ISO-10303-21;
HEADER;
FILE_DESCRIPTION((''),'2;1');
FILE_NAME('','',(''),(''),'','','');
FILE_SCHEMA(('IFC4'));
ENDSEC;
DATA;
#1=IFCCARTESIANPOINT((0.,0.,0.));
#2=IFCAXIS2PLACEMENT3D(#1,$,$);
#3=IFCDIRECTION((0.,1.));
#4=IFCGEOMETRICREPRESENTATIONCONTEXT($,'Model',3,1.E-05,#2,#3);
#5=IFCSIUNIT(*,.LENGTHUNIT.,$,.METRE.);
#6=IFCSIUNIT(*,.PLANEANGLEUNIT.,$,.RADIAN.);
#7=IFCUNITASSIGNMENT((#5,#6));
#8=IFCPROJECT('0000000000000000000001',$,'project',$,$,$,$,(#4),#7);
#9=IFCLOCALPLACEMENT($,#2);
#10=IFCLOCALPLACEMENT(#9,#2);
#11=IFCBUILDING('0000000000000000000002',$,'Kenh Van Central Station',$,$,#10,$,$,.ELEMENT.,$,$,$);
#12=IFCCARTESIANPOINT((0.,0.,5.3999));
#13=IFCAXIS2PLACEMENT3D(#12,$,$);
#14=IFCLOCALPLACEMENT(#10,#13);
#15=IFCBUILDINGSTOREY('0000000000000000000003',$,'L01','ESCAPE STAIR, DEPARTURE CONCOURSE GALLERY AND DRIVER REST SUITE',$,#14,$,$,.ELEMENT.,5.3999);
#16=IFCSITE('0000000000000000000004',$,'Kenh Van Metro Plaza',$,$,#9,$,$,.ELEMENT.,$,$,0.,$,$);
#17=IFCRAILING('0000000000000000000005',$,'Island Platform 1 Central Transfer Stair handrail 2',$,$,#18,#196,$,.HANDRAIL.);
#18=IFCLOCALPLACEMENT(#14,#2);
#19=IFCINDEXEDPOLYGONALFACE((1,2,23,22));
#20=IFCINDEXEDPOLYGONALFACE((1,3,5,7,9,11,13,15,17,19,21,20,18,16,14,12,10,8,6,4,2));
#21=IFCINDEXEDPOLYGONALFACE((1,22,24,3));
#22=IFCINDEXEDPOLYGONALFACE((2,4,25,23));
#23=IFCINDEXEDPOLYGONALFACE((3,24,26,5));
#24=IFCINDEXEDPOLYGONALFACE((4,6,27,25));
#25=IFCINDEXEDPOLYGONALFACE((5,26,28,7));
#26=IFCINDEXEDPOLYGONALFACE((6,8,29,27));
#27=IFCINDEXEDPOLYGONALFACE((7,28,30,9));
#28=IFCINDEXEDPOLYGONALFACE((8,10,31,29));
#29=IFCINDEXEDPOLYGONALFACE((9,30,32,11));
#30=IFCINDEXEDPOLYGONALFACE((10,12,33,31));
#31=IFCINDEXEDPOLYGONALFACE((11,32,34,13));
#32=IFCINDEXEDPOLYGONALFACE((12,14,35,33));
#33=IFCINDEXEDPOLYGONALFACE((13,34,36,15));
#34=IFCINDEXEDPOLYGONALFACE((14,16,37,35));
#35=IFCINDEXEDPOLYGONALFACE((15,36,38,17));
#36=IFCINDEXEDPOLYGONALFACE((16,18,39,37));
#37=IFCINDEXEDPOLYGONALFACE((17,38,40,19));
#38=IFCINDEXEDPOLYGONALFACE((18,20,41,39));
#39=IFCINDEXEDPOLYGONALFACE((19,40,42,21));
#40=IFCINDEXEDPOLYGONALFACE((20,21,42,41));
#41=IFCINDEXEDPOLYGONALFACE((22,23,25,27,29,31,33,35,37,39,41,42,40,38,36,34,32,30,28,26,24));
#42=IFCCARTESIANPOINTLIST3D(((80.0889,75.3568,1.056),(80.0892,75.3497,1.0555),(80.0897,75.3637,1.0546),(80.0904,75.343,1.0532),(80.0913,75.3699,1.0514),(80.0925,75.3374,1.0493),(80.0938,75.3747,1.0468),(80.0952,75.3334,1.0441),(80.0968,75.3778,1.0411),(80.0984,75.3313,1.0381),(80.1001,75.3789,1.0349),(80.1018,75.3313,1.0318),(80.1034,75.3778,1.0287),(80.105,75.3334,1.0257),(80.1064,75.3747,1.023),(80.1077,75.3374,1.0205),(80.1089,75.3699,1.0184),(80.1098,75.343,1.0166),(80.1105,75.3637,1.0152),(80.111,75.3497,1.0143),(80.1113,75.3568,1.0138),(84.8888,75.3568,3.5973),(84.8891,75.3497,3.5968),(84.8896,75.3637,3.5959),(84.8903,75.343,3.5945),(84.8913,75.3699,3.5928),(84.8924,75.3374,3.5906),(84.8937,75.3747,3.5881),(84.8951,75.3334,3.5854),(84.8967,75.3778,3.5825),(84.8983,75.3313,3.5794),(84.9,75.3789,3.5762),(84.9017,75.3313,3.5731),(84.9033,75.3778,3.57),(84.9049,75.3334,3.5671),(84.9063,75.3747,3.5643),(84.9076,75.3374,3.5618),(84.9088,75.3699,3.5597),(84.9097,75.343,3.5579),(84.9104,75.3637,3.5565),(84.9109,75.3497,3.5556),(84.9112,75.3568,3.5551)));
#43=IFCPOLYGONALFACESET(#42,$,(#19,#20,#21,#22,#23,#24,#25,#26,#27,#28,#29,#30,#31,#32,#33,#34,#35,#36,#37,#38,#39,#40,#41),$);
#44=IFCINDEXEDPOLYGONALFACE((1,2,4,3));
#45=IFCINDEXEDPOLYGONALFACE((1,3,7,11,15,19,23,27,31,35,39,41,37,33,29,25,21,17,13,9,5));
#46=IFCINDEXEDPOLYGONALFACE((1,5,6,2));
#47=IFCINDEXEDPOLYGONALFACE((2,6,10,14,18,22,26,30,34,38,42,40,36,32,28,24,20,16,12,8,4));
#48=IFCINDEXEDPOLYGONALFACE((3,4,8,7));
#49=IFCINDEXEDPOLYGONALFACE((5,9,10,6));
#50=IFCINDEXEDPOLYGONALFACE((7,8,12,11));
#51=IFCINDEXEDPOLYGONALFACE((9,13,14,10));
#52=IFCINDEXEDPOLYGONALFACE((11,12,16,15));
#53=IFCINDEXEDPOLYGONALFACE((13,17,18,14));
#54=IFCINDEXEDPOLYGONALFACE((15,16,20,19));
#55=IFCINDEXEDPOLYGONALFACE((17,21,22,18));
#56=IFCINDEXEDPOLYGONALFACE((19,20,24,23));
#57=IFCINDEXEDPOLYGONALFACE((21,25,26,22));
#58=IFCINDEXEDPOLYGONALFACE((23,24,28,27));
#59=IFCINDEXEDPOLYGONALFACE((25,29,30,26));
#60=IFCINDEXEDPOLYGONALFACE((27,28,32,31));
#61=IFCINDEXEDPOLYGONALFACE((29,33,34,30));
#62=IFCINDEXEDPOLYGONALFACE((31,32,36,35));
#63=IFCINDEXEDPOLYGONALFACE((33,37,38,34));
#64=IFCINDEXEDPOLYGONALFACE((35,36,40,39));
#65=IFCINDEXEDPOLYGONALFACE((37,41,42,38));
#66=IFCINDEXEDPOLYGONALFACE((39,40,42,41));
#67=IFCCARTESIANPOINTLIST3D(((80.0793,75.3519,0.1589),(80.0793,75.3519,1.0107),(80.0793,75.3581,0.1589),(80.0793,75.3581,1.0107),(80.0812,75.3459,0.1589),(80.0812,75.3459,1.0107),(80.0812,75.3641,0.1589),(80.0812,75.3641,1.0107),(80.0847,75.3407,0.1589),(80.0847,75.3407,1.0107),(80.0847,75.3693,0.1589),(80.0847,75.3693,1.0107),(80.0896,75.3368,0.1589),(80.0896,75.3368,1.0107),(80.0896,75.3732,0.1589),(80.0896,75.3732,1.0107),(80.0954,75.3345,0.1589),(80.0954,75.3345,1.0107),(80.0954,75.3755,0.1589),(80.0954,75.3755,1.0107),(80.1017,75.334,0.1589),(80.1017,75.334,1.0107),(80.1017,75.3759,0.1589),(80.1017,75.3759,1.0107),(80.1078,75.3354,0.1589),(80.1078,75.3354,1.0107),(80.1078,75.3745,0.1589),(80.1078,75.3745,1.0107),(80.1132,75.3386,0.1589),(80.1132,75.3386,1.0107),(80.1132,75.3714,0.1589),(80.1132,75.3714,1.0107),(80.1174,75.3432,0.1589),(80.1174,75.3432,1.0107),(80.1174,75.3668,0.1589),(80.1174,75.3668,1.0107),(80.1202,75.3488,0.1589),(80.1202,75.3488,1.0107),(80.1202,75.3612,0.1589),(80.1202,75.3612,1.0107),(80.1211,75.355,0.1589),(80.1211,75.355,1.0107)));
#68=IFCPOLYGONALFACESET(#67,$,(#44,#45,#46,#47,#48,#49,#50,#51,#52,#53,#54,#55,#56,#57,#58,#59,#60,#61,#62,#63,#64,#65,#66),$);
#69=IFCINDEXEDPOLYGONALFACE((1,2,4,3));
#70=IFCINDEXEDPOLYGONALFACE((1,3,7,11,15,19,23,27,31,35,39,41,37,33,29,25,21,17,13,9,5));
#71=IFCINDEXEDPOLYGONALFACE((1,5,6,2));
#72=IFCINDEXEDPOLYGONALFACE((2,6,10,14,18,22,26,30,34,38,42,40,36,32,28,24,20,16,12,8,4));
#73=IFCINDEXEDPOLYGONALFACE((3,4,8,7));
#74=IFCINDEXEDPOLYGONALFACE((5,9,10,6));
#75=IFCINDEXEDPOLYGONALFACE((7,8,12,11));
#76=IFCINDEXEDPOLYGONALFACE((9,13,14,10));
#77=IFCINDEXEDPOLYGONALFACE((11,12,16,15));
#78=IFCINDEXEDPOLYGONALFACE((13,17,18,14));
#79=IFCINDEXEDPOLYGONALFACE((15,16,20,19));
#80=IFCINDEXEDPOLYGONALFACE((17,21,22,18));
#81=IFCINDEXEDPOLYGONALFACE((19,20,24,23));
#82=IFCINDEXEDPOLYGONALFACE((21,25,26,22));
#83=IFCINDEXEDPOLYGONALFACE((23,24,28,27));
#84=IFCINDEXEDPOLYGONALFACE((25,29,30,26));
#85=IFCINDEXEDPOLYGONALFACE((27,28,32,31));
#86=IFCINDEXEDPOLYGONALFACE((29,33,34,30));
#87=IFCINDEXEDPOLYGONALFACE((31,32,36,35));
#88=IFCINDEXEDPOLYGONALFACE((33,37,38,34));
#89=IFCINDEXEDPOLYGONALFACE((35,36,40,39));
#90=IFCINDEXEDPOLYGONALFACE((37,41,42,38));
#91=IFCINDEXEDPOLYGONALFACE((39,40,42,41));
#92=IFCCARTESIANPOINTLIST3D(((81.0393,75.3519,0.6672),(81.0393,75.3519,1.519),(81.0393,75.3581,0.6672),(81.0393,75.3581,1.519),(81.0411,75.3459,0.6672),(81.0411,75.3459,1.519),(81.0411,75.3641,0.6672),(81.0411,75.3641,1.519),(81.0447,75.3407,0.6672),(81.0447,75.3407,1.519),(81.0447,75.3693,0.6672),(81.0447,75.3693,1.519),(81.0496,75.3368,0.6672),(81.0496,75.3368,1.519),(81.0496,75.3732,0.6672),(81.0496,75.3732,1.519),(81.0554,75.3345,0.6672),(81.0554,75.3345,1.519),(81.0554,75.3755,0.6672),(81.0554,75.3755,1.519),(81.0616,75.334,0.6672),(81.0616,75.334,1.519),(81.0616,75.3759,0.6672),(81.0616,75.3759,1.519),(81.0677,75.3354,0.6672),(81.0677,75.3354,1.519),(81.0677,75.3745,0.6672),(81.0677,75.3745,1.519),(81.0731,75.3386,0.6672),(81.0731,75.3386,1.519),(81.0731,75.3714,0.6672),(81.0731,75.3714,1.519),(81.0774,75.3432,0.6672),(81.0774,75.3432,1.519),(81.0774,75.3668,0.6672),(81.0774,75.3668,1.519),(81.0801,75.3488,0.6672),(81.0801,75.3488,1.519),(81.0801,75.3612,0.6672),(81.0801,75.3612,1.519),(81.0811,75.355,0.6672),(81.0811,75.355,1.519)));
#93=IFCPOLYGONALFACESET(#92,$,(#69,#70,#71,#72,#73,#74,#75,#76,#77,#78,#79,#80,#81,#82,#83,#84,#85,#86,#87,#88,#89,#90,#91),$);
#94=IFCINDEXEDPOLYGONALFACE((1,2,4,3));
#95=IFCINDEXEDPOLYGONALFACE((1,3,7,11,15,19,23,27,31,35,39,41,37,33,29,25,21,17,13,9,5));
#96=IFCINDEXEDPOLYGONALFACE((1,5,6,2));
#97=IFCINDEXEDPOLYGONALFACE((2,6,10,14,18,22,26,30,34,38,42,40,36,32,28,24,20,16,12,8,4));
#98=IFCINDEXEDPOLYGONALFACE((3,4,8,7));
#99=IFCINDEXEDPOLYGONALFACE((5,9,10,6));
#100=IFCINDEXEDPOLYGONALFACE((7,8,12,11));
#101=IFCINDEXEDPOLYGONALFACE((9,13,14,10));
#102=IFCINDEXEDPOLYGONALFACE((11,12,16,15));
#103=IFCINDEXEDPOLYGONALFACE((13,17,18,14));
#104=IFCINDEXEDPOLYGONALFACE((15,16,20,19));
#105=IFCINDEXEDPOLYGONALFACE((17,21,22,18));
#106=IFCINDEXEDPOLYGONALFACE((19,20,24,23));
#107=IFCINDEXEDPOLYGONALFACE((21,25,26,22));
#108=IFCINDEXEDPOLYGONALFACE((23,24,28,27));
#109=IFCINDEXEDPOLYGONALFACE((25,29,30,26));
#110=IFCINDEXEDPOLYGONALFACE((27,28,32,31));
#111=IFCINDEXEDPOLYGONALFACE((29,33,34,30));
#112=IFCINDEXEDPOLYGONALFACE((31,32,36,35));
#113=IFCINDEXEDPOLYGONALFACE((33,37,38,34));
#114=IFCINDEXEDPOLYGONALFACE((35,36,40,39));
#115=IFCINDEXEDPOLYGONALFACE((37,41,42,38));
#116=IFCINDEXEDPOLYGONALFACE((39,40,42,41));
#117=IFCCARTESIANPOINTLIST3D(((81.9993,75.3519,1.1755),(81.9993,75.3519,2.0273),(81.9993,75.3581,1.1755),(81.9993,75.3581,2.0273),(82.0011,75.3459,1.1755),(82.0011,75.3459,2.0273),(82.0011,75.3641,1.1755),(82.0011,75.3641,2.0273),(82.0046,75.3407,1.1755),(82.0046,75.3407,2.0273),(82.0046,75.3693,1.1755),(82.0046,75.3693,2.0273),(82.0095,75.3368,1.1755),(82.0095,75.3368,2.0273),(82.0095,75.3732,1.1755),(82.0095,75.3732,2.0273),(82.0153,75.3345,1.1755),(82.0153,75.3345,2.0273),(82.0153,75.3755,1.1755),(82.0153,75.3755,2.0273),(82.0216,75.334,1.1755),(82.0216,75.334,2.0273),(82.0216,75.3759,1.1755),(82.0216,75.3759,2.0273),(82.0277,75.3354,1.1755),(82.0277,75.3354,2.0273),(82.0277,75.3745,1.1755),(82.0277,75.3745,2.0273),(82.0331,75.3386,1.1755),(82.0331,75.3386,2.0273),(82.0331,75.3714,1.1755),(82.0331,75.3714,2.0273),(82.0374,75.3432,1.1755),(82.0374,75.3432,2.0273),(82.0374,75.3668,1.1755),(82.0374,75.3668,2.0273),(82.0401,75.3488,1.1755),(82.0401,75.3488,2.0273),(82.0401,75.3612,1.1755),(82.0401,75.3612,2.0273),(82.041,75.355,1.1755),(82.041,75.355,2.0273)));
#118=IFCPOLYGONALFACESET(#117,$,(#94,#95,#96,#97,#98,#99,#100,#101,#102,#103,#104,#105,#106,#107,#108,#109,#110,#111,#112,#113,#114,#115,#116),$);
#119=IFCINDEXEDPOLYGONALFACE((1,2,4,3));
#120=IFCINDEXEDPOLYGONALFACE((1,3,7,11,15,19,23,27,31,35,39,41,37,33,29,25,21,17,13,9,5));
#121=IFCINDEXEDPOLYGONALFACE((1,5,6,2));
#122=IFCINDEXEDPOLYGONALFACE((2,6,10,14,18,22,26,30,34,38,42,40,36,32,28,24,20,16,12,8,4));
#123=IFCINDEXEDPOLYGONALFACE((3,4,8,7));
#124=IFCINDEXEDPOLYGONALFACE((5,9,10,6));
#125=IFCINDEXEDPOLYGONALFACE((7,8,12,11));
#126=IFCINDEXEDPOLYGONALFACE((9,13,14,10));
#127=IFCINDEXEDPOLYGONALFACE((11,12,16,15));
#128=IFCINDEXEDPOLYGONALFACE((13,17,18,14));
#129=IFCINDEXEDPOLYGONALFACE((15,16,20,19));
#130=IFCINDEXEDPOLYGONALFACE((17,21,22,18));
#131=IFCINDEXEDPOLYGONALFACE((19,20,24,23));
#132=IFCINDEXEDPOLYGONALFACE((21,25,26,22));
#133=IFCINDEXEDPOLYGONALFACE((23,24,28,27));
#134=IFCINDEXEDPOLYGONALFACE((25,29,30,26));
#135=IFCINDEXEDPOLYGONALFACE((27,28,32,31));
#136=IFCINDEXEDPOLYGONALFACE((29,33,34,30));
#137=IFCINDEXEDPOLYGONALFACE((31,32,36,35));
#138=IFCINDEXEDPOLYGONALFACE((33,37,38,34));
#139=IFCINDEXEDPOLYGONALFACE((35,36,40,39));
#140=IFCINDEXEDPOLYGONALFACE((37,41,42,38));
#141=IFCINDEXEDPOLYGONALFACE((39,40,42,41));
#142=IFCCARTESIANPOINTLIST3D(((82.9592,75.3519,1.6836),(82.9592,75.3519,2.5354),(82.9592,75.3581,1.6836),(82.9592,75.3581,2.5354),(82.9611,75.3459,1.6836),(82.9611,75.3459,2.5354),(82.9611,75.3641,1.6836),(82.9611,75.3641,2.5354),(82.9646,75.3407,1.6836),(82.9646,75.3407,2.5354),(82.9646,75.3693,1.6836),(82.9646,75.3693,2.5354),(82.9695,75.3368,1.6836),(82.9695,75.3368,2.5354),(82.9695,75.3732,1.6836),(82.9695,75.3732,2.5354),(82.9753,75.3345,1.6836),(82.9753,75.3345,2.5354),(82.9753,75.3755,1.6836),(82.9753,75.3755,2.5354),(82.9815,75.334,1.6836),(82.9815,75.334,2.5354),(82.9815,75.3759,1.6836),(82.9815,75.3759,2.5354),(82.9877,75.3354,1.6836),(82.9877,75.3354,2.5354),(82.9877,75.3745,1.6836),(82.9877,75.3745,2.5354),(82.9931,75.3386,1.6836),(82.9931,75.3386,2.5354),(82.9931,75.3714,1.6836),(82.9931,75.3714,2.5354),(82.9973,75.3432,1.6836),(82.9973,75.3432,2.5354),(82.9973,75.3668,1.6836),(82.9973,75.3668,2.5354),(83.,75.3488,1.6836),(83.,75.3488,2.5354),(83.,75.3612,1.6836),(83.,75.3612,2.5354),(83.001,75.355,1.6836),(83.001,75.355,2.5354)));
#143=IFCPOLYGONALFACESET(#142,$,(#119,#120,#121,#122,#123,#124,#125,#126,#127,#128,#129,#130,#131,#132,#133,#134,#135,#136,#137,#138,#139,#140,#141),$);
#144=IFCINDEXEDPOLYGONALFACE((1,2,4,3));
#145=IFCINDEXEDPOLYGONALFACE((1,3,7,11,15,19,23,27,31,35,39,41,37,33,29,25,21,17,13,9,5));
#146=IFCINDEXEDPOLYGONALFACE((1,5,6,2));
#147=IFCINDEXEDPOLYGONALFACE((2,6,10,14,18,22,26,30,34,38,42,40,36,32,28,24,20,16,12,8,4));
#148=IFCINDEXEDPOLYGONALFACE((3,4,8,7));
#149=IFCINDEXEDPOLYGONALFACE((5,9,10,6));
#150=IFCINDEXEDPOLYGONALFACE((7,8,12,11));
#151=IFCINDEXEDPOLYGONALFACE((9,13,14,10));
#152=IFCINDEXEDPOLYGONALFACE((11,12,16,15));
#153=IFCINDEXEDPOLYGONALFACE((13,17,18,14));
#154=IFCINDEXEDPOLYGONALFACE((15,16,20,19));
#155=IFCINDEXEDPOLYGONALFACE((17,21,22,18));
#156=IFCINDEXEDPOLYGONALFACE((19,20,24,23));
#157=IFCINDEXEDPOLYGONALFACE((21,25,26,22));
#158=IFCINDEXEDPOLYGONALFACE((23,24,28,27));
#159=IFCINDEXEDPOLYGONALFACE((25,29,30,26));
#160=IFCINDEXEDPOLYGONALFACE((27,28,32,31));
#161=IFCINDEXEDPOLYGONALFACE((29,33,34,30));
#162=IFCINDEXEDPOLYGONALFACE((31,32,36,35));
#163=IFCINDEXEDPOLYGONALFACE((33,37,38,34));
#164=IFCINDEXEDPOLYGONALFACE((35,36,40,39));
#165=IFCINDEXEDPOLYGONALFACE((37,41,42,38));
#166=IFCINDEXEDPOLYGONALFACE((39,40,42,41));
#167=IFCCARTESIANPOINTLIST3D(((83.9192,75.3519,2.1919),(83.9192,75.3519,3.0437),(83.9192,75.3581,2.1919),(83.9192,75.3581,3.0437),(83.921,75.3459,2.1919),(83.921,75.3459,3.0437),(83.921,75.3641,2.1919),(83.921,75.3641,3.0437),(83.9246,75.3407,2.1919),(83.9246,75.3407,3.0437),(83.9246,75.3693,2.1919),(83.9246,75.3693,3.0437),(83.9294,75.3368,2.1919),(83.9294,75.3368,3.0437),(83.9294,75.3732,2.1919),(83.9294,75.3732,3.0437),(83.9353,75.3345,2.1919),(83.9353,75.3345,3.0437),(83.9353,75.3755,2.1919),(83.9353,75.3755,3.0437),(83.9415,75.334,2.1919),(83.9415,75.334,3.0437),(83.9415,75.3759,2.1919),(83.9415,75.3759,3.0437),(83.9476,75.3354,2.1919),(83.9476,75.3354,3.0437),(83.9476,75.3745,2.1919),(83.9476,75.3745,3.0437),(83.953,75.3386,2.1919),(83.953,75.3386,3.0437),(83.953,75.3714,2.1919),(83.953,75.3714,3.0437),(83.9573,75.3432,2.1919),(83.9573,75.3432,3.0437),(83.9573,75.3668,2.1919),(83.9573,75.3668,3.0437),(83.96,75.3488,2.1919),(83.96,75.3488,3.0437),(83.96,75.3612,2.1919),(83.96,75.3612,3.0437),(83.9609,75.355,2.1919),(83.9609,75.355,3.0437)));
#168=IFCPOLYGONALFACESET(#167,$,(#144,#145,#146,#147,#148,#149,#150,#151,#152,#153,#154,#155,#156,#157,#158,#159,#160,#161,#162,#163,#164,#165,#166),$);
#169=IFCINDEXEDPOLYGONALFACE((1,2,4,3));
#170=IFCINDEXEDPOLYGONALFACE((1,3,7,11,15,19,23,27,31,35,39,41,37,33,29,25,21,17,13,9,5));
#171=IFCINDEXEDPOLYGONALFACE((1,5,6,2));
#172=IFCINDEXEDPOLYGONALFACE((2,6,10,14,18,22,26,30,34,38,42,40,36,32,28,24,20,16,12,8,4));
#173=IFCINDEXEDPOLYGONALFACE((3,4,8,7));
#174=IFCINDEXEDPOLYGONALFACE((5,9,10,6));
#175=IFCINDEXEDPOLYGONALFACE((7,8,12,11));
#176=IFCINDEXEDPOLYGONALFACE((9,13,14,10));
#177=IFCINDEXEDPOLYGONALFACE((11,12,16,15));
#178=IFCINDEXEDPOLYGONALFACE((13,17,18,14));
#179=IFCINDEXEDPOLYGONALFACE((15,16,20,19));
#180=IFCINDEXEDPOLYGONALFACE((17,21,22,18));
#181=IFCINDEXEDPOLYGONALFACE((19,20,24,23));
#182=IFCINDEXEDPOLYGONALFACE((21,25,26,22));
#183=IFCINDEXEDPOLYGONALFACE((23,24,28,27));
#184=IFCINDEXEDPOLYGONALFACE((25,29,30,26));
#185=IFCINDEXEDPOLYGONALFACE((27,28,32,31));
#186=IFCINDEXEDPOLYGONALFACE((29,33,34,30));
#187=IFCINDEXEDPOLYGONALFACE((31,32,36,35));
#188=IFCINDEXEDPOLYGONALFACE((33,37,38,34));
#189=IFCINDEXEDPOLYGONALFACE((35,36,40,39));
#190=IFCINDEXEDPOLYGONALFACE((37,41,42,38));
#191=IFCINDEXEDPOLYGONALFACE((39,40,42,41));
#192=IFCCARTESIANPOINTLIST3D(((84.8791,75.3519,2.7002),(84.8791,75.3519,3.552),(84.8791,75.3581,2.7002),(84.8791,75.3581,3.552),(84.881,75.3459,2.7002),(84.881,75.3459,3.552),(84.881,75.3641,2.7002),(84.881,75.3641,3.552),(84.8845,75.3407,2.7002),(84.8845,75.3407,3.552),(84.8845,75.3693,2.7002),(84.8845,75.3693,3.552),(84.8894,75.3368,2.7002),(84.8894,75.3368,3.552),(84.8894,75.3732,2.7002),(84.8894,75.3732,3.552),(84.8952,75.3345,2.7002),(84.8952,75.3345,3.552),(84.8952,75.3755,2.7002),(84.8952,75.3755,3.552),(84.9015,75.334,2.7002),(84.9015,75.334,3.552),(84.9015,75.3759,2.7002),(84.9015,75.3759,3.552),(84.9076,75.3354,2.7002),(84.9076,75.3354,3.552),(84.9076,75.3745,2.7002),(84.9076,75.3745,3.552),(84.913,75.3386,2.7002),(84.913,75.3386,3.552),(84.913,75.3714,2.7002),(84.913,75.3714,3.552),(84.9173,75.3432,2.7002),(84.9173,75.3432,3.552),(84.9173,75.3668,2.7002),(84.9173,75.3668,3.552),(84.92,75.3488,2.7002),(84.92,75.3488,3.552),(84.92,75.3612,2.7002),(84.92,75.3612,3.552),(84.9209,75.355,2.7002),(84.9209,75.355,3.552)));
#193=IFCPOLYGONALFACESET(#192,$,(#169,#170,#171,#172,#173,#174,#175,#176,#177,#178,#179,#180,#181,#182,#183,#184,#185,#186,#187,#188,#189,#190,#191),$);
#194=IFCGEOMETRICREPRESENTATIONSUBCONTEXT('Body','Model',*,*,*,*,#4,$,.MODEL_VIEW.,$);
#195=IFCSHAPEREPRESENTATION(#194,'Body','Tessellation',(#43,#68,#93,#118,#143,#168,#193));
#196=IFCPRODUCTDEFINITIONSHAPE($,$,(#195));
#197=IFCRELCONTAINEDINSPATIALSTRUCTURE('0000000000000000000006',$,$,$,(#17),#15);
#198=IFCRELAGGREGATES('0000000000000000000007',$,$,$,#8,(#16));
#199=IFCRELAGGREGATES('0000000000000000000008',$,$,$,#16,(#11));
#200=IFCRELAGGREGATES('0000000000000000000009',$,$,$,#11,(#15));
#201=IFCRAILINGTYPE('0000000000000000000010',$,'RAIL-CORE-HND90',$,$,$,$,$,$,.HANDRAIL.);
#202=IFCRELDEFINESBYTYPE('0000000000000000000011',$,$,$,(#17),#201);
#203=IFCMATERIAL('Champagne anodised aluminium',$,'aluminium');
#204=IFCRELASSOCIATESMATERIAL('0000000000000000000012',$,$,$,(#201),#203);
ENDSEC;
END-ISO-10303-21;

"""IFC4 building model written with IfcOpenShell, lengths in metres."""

from ifc_helpers import new_model, si_unit, direction, frame, origin, origin_2d, place, context, subcontext, project, spatial, circle, extrude, material, type_object, element, save


model = new_model("IFC4")

# Units and contexts
model_context = context("Model", 3, precision=1e-05, world=origin(), true_north=direction((0.0, 1.0)))
body_context = subcontext(model_context, "Body", "Model", "MODEL_VIEW")
ifc_project = project(units=[si_unit("LENGTHUNIT", "METRE"), si_unit("PLANEANGLEUNIT", "RADIAN")], contexts=[model_context])

# Site, building, storey
site_placement = place(None, origin())
site = spatial("IfcSite", under=ifc_project, at=site_placement, Name="Kenh Van Metro Plaza", CompositionType="ELEMENT", RefElevation=0.0)
building_placement = place(site_placement, origin())
building = spatial("IfcBuilding", under=site, at=building_placement, Name="Kenh Van Central Station", CompositionType="ELEMENT")
storey_placement = place(building_placement, frame((0.0, 0.0, 5.3999)))
storey = spatial("IfcBuildingStorey", under=building, at=storey_placement, Name="L01", Description="ESCAPE STAIR, DEPARTURE CONCOURSE GALLERY AND DRIVER REST SUITE", CompositionType="ELEMENT", Elevation=5.3999)

# Shared definitions
ifc_material_1 = material(Name="Champagne anodised aluminium", Category="aluminium")

# Railing
railing_type_1 = type_object("IfcRailingType", Name="RAIL-CORE-HND90", PredefinedType="HANDRAIL", material=ifc_material_1)
for number, where, name in (
    (1, (80.1001, 75.355, 0.1589), "Island Platform 1 Central Transfer Stair handrail 2"),
):
    element("IfcRailing", number, at=place(storey_placement, frame(where)), inside=storey, type_object=railing_type_1, Name=name, PredefinedType="HANDRAIL", context=body_context, shape_type="SweptSolid", body=[
        extrude(circle(Radius=0.0239, at=origin_2d()), frame((0.0, 0.0, 0.876), z_axis=(0.883774, 0.0, 0.467915), x_axis=(0.0, 1.0, 0.0)), (0.0, 0.0, 1.0), 5.4312),
        extrude(circle(Radius=0.021, at=origin_2d()), origin(), (0.0, 0.0, 1.0), 0.8518),
        extrude(circle(Radius=0.021, at=origin_2d()), frame((0.96, 0.0, 0.5083)), (0.0, 0.0, 1.0), 0.8518),
        extrude(circle(Radius=0.021, at=origin_2d()), frame((1.9199, 0.0, 1.0166)), (0.0, 0.0, 1.0), 0.8518),
        extrude(circle(Radius=0.021, at=origin_2d()), frame((2.8799, 0.0, 1.5247)), (0.0, 0.0, 1.0), 0.8518),
        extrude(circle(Radius=0.021, at=origin_2d()), frame((3.8398, 0.0, 2.033)), (0.0, 0.0, 1.0), 0.8518),
        extrude(circle(Radius=0.021, at=origin_2d()), frame((4.7998, 0.0, 2.5413)), (0.0, 0.0, 1.0), 0.8518),
    ])

save(model, "model.ifc")
